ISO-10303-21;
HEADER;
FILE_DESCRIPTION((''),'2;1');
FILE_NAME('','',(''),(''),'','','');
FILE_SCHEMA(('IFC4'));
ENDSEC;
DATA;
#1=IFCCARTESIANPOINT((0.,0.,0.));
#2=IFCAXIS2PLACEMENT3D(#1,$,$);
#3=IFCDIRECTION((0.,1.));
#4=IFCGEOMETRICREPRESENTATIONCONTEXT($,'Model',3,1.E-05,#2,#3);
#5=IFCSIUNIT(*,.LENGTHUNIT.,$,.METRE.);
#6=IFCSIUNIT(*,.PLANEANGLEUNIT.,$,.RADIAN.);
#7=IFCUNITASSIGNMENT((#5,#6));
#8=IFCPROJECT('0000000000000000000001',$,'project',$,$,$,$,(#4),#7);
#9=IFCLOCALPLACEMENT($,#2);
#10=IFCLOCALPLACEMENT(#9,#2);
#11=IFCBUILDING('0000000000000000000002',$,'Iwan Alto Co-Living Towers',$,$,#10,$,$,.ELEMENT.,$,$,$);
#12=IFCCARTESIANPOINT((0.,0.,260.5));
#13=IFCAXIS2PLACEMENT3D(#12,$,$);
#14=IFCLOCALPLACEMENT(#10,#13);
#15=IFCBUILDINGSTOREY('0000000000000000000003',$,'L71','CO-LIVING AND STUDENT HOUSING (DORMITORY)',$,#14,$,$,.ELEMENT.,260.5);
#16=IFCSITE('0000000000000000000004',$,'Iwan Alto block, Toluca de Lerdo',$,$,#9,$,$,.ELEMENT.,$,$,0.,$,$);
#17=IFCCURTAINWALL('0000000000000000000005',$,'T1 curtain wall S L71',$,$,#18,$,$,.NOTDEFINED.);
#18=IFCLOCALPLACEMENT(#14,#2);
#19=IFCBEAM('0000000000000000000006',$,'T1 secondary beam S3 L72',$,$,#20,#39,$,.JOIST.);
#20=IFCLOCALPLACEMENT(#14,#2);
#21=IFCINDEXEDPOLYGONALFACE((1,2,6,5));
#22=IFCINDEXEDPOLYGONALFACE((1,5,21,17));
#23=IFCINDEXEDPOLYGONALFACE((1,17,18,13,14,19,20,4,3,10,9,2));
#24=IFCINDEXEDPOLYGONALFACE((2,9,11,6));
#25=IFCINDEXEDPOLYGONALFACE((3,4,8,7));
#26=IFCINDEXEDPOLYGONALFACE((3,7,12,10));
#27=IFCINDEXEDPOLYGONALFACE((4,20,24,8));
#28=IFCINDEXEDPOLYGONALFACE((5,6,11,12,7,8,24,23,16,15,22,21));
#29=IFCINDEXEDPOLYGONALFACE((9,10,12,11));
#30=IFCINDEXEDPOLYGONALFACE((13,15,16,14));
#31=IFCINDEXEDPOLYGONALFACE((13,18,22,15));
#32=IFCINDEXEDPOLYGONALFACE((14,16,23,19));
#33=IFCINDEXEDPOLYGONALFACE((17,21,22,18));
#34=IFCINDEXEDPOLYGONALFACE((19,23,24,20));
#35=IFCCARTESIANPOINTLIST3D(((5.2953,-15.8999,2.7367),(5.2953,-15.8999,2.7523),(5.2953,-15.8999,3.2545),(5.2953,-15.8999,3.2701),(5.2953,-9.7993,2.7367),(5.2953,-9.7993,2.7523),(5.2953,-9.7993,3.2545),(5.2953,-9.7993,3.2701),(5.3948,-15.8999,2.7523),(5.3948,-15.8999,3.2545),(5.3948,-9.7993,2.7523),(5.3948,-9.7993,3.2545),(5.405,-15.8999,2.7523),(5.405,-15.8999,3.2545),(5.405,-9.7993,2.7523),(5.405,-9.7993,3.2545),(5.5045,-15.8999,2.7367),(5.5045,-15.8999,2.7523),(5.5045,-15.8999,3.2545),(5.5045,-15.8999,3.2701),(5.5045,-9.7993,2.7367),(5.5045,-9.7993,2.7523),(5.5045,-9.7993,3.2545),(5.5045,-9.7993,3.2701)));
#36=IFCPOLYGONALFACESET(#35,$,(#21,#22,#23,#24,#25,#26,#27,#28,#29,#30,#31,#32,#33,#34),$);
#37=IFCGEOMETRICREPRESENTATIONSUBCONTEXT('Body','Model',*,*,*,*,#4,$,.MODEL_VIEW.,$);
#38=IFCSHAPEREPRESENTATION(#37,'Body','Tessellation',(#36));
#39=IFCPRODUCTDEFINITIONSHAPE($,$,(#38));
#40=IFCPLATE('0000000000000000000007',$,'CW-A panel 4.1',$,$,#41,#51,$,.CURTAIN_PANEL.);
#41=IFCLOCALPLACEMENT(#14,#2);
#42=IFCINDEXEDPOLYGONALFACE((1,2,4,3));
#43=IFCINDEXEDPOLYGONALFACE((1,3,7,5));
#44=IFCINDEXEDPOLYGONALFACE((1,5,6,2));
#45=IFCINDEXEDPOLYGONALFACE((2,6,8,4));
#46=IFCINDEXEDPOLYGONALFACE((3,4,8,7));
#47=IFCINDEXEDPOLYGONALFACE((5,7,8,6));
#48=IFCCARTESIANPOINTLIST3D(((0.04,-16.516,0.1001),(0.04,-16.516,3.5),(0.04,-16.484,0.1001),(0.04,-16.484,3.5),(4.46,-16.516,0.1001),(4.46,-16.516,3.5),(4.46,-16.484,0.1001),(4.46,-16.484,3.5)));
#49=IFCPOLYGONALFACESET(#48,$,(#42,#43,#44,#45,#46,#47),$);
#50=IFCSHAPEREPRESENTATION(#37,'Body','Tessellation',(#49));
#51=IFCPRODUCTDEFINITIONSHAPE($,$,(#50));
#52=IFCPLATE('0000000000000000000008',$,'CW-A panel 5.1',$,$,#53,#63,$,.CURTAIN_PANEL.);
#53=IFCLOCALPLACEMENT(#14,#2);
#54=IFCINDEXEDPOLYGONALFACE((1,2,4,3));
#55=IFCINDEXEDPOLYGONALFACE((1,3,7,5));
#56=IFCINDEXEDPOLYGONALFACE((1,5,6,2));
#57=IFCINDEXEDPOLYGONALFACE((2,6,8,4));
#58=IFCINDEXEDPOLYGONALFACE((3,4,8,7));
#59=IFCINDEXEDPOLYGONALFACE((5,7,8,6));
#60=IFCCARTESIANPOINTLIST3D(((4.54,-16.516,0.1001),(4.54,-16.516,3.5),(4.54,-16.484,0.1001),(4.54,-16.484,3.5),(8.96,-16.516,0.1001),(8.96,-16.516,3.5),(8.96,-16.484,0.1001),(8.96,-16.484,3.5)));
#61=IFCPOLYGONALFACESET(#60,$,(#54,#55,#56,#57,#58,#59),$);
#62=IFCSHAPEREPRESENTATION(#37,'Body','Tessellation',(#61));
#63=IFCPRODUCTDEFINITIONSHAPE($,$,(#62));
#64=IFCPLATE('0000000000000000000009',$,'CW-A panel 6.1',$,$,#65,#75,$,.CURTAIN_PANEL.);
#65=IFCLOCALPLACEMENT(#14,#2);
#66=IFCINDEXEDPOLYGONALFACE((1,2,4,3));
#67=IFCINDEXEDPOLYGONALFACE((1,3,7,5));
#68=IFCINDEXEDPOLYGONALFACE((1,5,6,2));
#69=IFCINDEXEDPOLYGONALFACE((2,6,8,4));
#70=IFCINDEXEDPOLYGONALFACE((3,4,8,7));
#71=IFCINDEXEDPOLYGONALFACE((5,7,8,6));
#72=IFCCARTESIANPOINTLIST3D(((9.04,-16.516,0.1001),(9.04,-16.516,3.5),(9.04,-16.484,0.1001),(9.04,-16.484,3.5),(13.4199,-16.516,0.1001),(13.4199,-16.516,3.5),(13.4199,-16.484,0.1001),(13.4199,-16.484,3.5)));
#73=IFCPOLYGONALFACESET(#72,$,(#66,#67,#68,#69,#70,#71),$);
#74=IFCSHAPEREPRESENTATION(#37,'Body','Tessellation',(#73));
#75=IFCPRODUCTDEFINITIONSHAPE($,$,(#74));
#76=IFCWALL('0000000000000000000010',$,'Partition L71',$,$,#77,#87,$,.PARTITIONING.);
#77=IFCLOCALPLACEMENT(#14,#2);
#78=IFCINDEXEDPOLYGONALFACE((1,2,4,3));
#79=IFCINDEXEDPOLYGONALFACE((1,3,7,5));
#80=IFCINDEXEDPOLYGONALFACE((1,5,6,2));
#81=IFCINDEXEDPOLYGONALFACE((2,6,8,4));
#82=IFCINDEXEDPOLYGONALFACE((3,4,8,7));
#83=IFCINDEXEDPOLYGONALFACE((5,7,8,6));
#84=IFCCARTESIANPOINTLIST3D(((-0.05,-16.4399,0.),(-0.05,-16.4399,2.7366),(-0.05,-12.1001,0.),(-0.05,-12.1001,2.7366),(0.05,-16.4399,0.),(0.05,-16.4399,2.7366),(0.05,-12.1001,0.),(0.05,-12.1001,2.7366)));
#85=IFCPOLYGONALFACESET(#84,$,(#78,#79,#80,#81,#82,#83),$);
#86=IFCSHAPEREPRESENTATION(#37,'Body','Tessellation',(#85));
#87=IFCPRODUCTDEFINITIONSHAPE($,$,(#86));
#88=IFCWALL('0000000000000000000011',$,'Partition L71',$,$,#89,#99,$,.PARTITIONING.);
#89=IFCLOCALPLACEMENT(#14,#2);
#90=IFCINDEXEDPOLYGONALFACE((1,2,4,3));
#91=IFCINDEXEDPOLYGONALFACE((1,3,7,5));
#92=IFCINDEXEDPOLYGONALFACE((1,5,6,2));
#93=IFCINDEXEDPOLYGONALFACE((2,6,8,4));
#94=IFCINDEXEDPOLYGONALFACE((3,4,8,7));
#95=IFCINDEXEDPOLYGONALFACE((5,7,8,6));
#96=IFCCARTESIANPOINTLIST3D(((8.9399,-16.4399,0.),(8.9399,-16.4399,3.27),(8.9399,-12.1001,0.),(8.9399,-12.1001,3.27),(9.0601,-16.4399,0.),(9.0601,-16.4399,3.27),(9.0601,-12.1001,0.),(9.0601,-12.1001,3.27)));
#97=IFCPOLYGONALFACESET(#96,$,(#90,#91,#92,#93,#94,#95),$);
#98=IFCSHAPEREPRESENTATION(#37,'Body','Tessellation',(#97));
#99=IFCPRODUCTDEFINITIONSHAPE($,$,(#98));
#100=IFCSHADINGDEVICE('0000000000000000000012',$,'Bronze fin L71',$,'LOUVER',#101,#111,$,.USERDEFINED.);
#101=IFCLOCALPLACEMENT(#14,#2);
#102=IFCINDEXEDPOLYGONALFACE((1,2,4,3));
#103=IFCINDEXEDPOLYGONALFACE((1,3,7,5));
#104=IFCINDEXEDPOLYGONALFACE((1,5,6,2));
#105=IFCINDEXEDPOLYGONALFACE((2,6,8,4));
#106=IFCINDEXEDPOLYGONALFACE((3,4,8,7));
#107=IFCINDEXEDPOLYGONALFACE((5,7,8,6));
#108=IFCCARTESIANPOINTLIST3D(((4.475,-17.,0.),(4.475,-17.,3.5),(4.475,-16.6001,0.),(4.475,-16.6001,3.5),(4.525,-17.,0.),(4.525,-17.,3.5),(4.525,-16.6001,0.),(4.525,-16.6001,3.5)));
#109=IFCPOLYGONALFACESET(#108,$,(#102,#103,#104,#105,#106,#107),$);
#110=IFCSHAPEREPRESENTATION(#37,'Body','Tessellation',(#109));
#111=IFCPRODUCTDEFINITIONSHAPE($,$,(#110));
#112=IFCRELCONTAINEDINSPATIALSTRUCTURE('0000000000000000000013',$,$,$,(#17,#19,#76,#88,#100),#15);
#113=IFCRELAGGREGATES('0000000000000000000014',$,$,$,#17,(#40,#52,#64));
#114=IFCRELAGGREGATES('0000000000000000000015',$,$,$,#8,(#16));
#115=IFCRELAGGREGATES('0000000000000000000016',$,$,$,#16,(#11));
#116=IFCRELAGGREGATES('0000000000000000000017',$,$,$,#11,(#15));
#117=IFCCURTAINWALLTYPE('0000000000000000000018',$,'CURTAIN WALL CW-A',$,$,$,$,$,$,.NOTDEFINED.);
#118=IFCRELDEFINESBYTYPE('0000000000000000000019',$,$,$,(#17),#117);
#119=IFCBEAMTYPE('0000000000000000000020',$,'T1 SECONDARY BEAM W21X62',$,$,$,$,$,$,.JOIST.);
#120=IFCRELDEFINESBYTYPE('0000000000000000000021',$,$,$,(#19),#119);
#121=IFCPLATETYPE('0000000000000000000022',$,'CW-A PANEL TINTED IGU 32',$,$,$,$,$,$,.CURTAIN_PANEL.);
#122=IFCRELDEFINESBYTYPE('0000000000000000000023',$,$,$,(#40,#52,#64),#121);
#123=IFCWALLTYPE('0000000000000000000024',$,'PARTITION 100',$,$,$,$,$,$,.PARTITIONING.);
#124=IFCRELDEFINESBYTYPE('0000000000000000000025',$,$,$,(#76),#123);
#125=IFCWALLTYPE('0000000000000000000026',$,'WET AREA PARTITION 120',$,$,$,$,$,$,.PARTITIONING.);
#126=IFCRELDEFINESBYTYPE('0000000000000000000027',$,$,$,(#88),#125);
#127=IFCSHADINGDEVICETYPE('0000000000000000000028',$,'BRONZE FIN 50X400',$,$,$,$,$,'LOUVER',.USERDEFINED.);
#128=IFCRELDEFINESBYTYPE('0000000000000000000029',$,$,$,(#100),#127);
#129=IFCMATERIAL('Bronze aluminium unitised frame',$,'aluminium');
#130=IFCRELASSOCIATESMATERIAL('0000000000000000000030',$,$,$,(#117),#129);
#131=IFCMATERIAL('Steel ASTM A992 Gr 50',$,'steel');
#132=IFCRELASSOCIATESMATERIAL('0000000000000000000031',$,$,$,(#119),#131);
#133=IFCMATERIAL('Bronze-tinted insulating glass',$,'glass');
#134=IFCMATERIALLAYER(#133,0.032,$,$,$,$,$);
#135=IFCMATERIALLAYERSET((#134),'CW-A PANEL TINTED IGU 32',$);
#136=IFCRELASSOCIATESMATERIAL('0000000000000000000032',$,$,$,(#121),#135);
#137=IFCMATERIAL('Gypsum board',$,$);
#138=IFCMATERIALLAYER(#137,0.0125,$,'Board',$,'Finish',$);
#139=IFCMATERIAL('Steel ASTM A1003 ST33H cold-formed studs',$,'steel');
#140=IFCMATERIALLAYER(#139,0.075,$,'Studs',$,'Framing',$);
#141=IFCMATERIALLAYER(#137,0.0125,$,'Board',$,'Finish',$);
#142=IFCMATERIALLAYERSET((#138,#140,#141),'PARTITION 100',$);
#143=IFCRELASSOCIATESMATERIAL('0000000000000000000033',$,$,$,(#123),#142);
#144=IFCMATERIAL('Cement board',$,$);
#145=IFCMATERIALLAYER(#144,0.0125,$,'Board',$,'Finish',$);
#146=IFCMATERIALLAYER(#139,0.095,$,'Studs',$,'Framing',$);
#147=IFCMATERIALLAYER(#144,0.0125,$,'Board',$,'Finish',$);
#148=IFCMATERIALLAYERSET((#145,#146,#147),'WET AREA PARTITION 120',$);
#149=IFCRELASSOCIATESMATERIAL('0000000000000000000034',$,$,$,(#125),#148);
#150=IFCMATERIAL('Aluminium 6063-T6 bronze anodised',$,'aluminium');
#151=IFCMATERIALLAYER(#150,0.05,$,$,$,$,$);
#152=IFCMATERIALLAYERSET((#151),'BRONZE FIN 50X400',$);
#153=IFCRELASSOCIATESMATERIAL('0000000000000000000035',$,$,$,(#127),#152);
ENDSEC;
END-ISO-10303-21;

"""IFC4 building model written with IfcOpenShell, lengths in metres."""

from ifc_helpers import new_model, si_unit, direction, frame, frame_2d, origin, origin_2d, place, context, subcontext, project, spatial, rectangle, i_section, extrude, material, layer, layer_set, material_profile, profile_set, type_object, element, aggregate, save


model = new_model("IFC4")

# Units and contexts
model_context = context("Model", 3, precision=1e-05, world=origin(), true_north=direction((0.0, 1.0)))
body_context = subcontext(model_context, "Body", "Model", "MODEL_VIEW")
ifc_project = project(units=[si_unit("LENGTHUNIT", "METRE"), si_unit("PLANEANGLEUNIT", "RADIAN")], contexts=[model_context])

# Site, building, storey
site_placement = place(None, origin())
site = spatial("IfcSite", under=ifc_project, at=site_placement, Name="Iwan Alto block, Toluca de Lerdo", CompositionType="ELEMENT", RefElevation=0.0)
building_placement = place(site_placement, origin())
building = spatial("IfcBuilding", under=site, at=building_placement, Name="Iwan Alto Co-Living Towers", CompositionType="ELEMENT")
storey_placement = place(building_placement, frame((0.0, 0.0, 260.5)))
storey = spatial("IfcBuildingStorey", under=building, at=storey_placement, Name="L71", Description="CO-LIVING AND STUDENT HOUSING (DORMITORY)", CompositionType="ELEMENT", Elevation=260.5)

# Curtain wall
ifc_material_1 = material(Name="Bronze aluminium unitised frame", Category="aluminium")
curtain_wall_type = type_object("IfcCurtainWallType", Name="CURTAIN WALL CW-A", PredefinedType="NOTDEFINED", material=ifc_material_1)
curtain_wall_placement = place(storey_placement, origin())
curtain_wall = element("IfcCurtainWall", 1, at=curtain_wall_placement, inside=storey, type_object=curtain_wall_type, Name="T1 curtain wall S L71", PredefinedType="NOTDEFINED")

# Beam
ifc_material_2 = material(Name="Steel ASTM A992 Gr 50", Category="steel")
ifc_material_profile_1 = material_profile(ifc_material_2, i_section(OverallWidth=0.2092, OverallDepth=0.5334, WebThickness=0.0103, FlangeThickness=0.0156, at=origin_2d()), Name="W21X62")
ifc_profile_set_1 = profile_set([ifc_material_profile_1], Name="Steel ASTM A992 Gr 50")
beam_type_1 = type_object("IfcBeamType", Name="T1 SECONDARY BEAM W21X62", PredefinedType="JOIST", material=ifc_profile_set_1)
beam_1_placement = place(storey_placement, frame((5.3999, -15.8999, 3.0034), z_axis=(0.0, 1.0, 0.0), x_axis=(-1.0, 0.0, 0.0)))
element("IfcBeam", 2, at=beam_1_placement, inside=storey, type_object=beam_type_1, Name="T1 secondary beam S3 L72", PredefinedType="JOIST", context=body_context, shape_type="SweptSolid", body=[
    extrude(i_section(OverallWidth=0.2092, OverallDepth=0.5334, WebThickness=0.0103, FlangeThickness=0.0156, at=origin_2d()), origin(), (0.0, 0.0, 1.0), 6.1006),
])

# Plates
ifc_material_3 = material(Name="Bronze-tinted insulating glass", Category="glass")
ifc_layer_1 = layer(ifc_material_3, 0.032)
ifc_layer_set_1 = layer_set([ifc_layer_1], Name="CW-A PANEL TINTED IGU 32")
plate_type = type_object("IfcPlateType", Name="CW-A PANEL TINTED IGU 32", PredefinedType="CURTAIN_PANEL", material=ifc_layer_set_1)
plate_1_placement = place(storey_placement, frame((2.25, -16.5, 0.1001), z_axis=(0.0, 0.0, 1.0), x_axis=(1.0, 0.0, 0.0)))
plate_1 = element("IfcPlate", 3, at=plate_1_placement, type_object=plate_type, Name="CW-A panel 4.1", PredefinedType="CURTAIN_PANEL", context=body_context, shape_type="SweptSolid", body=[
    extrude(rectangle(XDim=4.4199, YDim=0.032, at=origin_2d()), origin(), (0.0, 0.0, 1.0), 3.3999),
])
plate_2_placement = place(storey_placement, frame((6.75, -16.5, 0.1001), z_axis=(0.0, 0.0, 1.0), x_axis=(1.0, 0.0, 0.0)))
plate_2 = element("IfcPlate", 4, at=plate_2_placement, type_object=plate_type, Name="CW-A panel 5.1", PredefinedType="CURTAIN_PANEL", context=body_context, shape_type="SweptSolid", body=[
    extrude(rectangle(XDim=4.4199, YDim=0.032, at=origin_2d()), origin(), (0.0, 0.0, 1.0), 3.3999),
])
plate_3_placement = place(storey_placement, frame((11.23, -16.5, 0.1001), z_axis=(0.0, 0.0, 1.0), x_axis=(1.0, 0.0, 0.0)))
plate_3 = element("IfcPlate", 5, at=plate_3_placement, type_object=plate_type, Name="CW-A panel 6.1", PredefinedType="CURTAIN_PANEL", context=body_context, shape_type="SweptSolid", body=[
    extrude(rectangle(XDim=4.3799, YDim=0.032, at=origin_2d()), origin(), (0.0, 0.0, 1.0), 3.3999),
])
aggregate(curtain_wall, [plate_1, plate_2, plate_3])

# Walls
ifc_material_4 = material(Name="Gypsum board")
ifc_layer_2 = layer(ifc_material_4, 0.0125, Name="Board", Category="Finish")
ifc_material_5 = material(Name="Steel ASTM A1003 ST33H cold-formed studs", Category="steel")
ifc_layer_3 = layer(ifc_material_5, 0.075, Name="Studs", Category="Framing")
ifc_layer_4 = layer(ifc_material_4, 0.0125, Name="Board", Category="Finish")
ifc_layer_set_2 = layer_set([ifc_layer_2, ifc_layer_3, ifc_layer_4], Name="PARTITION 100")
wall_type_1 = type_object("IfcWallType", Name="PARTITION 100", PredefinedType="PARTITIONING", material=ifc_layer_set_2)
wall_1_placement = place(storey_placement, frame((0.0, -16.4399, 0.0), z_axis=(0.0, 0.0, 1.0), x_axis=(0.0, 1.0, 0.0)))
element("IfcWall", 6, at=wall_1_placement, inside=storey, type_object=wall_type_1, Name="Partition L71", PredefinedType="PARTITIONING", context=body_context, shape_type="SweptSolid", body=[
    extrude(rectangle(XDim=4.3398, YDim=0.1001, at=frame_2d((2.1699, 0.0))), origin(), (0.0, 0.0, 1.0), 2.7366),
])
ifc_material_6 = material(Name="Cement board")
ifc_layer_5 = layer(ifc_material_6, 0.0125, Name="Board", Category="Finish")
ifc_layer_6 = layer(ifc_material_5, 0.095, Name="Studs", Category="Framing")
ifc_layer_7 = layer(ifc_material_6, 0.0125, Name="Board", Category="Finish")
ifc_layer_set_3 = layer_set([ifc_layer_5, ifc_layer_6, ifc_layer_7], Name="WET AREA PARTITION 120")
wall_type_2 = type_object("IfcWallType", Name="WET AREA PARTITION 120", PredefinedType="PARTITIONING", material=ifc_layer_set_3)
wall_2_placement = place(storey_placement, frame((9.0, -16.4399, 0.0), z_axis=(0.0, 0.0, 1.0), x_axis=(0.0, 1.0, 0.0)))
element("IfcWall", 7, at=wall_2_placement, inside=storey, type_object=wall_type_2, Name="Partition L71", PredefinedType="PARTITIONING", context=body_context, shape_type="SweptSolid", body=[
    extrude(rectangle(XDim=4.3398, YDim=0.1201, at=frame_2d((2.1699, 0.0))), origin(), (0.0, 0.0, 1.0), 3.27),
])

# Shading device
ifc_material_7 = material(Name="Aluminium 6063-T6 bronze anodised", Category="aluminium")
ifc_layer_8 = layer(ifc_material_7, 0.05)
ifc_layer_set_4 = layer_set([ifc_layer_8], Name="BRONZE FIN 50X400")
shading_device_type = type_object("IfcShadingDeviceType", Name="BRONZE FIN 50X400", ElementType="LOUVER", PredefinedType="USERDEFINED", material=ifc_layer_set_4)
shading_device_placement = place(storey_placement, frame((4.5, -16.8, 0.0), z_axis=(0.0, 0.0, 1.0), x_axis=(1.0, 0.0, 0.0)))
element("IfcShadingDevice", 8, at=shading_device_placement, inside=storey, type_object=shading_device_type, Name="Bronze fin L71", ObjectType="LOUVER", PredefinedType="USERDEFINED", context=body_context, shape_type="SweptSolid", body=[
    extrude(rectangle(XDim=0.05, YDim=0.3999, at=origin_2d()), origin(), (0.0, 0.0, 1.0), 3.5),
])

save(model, "model.ifc")
